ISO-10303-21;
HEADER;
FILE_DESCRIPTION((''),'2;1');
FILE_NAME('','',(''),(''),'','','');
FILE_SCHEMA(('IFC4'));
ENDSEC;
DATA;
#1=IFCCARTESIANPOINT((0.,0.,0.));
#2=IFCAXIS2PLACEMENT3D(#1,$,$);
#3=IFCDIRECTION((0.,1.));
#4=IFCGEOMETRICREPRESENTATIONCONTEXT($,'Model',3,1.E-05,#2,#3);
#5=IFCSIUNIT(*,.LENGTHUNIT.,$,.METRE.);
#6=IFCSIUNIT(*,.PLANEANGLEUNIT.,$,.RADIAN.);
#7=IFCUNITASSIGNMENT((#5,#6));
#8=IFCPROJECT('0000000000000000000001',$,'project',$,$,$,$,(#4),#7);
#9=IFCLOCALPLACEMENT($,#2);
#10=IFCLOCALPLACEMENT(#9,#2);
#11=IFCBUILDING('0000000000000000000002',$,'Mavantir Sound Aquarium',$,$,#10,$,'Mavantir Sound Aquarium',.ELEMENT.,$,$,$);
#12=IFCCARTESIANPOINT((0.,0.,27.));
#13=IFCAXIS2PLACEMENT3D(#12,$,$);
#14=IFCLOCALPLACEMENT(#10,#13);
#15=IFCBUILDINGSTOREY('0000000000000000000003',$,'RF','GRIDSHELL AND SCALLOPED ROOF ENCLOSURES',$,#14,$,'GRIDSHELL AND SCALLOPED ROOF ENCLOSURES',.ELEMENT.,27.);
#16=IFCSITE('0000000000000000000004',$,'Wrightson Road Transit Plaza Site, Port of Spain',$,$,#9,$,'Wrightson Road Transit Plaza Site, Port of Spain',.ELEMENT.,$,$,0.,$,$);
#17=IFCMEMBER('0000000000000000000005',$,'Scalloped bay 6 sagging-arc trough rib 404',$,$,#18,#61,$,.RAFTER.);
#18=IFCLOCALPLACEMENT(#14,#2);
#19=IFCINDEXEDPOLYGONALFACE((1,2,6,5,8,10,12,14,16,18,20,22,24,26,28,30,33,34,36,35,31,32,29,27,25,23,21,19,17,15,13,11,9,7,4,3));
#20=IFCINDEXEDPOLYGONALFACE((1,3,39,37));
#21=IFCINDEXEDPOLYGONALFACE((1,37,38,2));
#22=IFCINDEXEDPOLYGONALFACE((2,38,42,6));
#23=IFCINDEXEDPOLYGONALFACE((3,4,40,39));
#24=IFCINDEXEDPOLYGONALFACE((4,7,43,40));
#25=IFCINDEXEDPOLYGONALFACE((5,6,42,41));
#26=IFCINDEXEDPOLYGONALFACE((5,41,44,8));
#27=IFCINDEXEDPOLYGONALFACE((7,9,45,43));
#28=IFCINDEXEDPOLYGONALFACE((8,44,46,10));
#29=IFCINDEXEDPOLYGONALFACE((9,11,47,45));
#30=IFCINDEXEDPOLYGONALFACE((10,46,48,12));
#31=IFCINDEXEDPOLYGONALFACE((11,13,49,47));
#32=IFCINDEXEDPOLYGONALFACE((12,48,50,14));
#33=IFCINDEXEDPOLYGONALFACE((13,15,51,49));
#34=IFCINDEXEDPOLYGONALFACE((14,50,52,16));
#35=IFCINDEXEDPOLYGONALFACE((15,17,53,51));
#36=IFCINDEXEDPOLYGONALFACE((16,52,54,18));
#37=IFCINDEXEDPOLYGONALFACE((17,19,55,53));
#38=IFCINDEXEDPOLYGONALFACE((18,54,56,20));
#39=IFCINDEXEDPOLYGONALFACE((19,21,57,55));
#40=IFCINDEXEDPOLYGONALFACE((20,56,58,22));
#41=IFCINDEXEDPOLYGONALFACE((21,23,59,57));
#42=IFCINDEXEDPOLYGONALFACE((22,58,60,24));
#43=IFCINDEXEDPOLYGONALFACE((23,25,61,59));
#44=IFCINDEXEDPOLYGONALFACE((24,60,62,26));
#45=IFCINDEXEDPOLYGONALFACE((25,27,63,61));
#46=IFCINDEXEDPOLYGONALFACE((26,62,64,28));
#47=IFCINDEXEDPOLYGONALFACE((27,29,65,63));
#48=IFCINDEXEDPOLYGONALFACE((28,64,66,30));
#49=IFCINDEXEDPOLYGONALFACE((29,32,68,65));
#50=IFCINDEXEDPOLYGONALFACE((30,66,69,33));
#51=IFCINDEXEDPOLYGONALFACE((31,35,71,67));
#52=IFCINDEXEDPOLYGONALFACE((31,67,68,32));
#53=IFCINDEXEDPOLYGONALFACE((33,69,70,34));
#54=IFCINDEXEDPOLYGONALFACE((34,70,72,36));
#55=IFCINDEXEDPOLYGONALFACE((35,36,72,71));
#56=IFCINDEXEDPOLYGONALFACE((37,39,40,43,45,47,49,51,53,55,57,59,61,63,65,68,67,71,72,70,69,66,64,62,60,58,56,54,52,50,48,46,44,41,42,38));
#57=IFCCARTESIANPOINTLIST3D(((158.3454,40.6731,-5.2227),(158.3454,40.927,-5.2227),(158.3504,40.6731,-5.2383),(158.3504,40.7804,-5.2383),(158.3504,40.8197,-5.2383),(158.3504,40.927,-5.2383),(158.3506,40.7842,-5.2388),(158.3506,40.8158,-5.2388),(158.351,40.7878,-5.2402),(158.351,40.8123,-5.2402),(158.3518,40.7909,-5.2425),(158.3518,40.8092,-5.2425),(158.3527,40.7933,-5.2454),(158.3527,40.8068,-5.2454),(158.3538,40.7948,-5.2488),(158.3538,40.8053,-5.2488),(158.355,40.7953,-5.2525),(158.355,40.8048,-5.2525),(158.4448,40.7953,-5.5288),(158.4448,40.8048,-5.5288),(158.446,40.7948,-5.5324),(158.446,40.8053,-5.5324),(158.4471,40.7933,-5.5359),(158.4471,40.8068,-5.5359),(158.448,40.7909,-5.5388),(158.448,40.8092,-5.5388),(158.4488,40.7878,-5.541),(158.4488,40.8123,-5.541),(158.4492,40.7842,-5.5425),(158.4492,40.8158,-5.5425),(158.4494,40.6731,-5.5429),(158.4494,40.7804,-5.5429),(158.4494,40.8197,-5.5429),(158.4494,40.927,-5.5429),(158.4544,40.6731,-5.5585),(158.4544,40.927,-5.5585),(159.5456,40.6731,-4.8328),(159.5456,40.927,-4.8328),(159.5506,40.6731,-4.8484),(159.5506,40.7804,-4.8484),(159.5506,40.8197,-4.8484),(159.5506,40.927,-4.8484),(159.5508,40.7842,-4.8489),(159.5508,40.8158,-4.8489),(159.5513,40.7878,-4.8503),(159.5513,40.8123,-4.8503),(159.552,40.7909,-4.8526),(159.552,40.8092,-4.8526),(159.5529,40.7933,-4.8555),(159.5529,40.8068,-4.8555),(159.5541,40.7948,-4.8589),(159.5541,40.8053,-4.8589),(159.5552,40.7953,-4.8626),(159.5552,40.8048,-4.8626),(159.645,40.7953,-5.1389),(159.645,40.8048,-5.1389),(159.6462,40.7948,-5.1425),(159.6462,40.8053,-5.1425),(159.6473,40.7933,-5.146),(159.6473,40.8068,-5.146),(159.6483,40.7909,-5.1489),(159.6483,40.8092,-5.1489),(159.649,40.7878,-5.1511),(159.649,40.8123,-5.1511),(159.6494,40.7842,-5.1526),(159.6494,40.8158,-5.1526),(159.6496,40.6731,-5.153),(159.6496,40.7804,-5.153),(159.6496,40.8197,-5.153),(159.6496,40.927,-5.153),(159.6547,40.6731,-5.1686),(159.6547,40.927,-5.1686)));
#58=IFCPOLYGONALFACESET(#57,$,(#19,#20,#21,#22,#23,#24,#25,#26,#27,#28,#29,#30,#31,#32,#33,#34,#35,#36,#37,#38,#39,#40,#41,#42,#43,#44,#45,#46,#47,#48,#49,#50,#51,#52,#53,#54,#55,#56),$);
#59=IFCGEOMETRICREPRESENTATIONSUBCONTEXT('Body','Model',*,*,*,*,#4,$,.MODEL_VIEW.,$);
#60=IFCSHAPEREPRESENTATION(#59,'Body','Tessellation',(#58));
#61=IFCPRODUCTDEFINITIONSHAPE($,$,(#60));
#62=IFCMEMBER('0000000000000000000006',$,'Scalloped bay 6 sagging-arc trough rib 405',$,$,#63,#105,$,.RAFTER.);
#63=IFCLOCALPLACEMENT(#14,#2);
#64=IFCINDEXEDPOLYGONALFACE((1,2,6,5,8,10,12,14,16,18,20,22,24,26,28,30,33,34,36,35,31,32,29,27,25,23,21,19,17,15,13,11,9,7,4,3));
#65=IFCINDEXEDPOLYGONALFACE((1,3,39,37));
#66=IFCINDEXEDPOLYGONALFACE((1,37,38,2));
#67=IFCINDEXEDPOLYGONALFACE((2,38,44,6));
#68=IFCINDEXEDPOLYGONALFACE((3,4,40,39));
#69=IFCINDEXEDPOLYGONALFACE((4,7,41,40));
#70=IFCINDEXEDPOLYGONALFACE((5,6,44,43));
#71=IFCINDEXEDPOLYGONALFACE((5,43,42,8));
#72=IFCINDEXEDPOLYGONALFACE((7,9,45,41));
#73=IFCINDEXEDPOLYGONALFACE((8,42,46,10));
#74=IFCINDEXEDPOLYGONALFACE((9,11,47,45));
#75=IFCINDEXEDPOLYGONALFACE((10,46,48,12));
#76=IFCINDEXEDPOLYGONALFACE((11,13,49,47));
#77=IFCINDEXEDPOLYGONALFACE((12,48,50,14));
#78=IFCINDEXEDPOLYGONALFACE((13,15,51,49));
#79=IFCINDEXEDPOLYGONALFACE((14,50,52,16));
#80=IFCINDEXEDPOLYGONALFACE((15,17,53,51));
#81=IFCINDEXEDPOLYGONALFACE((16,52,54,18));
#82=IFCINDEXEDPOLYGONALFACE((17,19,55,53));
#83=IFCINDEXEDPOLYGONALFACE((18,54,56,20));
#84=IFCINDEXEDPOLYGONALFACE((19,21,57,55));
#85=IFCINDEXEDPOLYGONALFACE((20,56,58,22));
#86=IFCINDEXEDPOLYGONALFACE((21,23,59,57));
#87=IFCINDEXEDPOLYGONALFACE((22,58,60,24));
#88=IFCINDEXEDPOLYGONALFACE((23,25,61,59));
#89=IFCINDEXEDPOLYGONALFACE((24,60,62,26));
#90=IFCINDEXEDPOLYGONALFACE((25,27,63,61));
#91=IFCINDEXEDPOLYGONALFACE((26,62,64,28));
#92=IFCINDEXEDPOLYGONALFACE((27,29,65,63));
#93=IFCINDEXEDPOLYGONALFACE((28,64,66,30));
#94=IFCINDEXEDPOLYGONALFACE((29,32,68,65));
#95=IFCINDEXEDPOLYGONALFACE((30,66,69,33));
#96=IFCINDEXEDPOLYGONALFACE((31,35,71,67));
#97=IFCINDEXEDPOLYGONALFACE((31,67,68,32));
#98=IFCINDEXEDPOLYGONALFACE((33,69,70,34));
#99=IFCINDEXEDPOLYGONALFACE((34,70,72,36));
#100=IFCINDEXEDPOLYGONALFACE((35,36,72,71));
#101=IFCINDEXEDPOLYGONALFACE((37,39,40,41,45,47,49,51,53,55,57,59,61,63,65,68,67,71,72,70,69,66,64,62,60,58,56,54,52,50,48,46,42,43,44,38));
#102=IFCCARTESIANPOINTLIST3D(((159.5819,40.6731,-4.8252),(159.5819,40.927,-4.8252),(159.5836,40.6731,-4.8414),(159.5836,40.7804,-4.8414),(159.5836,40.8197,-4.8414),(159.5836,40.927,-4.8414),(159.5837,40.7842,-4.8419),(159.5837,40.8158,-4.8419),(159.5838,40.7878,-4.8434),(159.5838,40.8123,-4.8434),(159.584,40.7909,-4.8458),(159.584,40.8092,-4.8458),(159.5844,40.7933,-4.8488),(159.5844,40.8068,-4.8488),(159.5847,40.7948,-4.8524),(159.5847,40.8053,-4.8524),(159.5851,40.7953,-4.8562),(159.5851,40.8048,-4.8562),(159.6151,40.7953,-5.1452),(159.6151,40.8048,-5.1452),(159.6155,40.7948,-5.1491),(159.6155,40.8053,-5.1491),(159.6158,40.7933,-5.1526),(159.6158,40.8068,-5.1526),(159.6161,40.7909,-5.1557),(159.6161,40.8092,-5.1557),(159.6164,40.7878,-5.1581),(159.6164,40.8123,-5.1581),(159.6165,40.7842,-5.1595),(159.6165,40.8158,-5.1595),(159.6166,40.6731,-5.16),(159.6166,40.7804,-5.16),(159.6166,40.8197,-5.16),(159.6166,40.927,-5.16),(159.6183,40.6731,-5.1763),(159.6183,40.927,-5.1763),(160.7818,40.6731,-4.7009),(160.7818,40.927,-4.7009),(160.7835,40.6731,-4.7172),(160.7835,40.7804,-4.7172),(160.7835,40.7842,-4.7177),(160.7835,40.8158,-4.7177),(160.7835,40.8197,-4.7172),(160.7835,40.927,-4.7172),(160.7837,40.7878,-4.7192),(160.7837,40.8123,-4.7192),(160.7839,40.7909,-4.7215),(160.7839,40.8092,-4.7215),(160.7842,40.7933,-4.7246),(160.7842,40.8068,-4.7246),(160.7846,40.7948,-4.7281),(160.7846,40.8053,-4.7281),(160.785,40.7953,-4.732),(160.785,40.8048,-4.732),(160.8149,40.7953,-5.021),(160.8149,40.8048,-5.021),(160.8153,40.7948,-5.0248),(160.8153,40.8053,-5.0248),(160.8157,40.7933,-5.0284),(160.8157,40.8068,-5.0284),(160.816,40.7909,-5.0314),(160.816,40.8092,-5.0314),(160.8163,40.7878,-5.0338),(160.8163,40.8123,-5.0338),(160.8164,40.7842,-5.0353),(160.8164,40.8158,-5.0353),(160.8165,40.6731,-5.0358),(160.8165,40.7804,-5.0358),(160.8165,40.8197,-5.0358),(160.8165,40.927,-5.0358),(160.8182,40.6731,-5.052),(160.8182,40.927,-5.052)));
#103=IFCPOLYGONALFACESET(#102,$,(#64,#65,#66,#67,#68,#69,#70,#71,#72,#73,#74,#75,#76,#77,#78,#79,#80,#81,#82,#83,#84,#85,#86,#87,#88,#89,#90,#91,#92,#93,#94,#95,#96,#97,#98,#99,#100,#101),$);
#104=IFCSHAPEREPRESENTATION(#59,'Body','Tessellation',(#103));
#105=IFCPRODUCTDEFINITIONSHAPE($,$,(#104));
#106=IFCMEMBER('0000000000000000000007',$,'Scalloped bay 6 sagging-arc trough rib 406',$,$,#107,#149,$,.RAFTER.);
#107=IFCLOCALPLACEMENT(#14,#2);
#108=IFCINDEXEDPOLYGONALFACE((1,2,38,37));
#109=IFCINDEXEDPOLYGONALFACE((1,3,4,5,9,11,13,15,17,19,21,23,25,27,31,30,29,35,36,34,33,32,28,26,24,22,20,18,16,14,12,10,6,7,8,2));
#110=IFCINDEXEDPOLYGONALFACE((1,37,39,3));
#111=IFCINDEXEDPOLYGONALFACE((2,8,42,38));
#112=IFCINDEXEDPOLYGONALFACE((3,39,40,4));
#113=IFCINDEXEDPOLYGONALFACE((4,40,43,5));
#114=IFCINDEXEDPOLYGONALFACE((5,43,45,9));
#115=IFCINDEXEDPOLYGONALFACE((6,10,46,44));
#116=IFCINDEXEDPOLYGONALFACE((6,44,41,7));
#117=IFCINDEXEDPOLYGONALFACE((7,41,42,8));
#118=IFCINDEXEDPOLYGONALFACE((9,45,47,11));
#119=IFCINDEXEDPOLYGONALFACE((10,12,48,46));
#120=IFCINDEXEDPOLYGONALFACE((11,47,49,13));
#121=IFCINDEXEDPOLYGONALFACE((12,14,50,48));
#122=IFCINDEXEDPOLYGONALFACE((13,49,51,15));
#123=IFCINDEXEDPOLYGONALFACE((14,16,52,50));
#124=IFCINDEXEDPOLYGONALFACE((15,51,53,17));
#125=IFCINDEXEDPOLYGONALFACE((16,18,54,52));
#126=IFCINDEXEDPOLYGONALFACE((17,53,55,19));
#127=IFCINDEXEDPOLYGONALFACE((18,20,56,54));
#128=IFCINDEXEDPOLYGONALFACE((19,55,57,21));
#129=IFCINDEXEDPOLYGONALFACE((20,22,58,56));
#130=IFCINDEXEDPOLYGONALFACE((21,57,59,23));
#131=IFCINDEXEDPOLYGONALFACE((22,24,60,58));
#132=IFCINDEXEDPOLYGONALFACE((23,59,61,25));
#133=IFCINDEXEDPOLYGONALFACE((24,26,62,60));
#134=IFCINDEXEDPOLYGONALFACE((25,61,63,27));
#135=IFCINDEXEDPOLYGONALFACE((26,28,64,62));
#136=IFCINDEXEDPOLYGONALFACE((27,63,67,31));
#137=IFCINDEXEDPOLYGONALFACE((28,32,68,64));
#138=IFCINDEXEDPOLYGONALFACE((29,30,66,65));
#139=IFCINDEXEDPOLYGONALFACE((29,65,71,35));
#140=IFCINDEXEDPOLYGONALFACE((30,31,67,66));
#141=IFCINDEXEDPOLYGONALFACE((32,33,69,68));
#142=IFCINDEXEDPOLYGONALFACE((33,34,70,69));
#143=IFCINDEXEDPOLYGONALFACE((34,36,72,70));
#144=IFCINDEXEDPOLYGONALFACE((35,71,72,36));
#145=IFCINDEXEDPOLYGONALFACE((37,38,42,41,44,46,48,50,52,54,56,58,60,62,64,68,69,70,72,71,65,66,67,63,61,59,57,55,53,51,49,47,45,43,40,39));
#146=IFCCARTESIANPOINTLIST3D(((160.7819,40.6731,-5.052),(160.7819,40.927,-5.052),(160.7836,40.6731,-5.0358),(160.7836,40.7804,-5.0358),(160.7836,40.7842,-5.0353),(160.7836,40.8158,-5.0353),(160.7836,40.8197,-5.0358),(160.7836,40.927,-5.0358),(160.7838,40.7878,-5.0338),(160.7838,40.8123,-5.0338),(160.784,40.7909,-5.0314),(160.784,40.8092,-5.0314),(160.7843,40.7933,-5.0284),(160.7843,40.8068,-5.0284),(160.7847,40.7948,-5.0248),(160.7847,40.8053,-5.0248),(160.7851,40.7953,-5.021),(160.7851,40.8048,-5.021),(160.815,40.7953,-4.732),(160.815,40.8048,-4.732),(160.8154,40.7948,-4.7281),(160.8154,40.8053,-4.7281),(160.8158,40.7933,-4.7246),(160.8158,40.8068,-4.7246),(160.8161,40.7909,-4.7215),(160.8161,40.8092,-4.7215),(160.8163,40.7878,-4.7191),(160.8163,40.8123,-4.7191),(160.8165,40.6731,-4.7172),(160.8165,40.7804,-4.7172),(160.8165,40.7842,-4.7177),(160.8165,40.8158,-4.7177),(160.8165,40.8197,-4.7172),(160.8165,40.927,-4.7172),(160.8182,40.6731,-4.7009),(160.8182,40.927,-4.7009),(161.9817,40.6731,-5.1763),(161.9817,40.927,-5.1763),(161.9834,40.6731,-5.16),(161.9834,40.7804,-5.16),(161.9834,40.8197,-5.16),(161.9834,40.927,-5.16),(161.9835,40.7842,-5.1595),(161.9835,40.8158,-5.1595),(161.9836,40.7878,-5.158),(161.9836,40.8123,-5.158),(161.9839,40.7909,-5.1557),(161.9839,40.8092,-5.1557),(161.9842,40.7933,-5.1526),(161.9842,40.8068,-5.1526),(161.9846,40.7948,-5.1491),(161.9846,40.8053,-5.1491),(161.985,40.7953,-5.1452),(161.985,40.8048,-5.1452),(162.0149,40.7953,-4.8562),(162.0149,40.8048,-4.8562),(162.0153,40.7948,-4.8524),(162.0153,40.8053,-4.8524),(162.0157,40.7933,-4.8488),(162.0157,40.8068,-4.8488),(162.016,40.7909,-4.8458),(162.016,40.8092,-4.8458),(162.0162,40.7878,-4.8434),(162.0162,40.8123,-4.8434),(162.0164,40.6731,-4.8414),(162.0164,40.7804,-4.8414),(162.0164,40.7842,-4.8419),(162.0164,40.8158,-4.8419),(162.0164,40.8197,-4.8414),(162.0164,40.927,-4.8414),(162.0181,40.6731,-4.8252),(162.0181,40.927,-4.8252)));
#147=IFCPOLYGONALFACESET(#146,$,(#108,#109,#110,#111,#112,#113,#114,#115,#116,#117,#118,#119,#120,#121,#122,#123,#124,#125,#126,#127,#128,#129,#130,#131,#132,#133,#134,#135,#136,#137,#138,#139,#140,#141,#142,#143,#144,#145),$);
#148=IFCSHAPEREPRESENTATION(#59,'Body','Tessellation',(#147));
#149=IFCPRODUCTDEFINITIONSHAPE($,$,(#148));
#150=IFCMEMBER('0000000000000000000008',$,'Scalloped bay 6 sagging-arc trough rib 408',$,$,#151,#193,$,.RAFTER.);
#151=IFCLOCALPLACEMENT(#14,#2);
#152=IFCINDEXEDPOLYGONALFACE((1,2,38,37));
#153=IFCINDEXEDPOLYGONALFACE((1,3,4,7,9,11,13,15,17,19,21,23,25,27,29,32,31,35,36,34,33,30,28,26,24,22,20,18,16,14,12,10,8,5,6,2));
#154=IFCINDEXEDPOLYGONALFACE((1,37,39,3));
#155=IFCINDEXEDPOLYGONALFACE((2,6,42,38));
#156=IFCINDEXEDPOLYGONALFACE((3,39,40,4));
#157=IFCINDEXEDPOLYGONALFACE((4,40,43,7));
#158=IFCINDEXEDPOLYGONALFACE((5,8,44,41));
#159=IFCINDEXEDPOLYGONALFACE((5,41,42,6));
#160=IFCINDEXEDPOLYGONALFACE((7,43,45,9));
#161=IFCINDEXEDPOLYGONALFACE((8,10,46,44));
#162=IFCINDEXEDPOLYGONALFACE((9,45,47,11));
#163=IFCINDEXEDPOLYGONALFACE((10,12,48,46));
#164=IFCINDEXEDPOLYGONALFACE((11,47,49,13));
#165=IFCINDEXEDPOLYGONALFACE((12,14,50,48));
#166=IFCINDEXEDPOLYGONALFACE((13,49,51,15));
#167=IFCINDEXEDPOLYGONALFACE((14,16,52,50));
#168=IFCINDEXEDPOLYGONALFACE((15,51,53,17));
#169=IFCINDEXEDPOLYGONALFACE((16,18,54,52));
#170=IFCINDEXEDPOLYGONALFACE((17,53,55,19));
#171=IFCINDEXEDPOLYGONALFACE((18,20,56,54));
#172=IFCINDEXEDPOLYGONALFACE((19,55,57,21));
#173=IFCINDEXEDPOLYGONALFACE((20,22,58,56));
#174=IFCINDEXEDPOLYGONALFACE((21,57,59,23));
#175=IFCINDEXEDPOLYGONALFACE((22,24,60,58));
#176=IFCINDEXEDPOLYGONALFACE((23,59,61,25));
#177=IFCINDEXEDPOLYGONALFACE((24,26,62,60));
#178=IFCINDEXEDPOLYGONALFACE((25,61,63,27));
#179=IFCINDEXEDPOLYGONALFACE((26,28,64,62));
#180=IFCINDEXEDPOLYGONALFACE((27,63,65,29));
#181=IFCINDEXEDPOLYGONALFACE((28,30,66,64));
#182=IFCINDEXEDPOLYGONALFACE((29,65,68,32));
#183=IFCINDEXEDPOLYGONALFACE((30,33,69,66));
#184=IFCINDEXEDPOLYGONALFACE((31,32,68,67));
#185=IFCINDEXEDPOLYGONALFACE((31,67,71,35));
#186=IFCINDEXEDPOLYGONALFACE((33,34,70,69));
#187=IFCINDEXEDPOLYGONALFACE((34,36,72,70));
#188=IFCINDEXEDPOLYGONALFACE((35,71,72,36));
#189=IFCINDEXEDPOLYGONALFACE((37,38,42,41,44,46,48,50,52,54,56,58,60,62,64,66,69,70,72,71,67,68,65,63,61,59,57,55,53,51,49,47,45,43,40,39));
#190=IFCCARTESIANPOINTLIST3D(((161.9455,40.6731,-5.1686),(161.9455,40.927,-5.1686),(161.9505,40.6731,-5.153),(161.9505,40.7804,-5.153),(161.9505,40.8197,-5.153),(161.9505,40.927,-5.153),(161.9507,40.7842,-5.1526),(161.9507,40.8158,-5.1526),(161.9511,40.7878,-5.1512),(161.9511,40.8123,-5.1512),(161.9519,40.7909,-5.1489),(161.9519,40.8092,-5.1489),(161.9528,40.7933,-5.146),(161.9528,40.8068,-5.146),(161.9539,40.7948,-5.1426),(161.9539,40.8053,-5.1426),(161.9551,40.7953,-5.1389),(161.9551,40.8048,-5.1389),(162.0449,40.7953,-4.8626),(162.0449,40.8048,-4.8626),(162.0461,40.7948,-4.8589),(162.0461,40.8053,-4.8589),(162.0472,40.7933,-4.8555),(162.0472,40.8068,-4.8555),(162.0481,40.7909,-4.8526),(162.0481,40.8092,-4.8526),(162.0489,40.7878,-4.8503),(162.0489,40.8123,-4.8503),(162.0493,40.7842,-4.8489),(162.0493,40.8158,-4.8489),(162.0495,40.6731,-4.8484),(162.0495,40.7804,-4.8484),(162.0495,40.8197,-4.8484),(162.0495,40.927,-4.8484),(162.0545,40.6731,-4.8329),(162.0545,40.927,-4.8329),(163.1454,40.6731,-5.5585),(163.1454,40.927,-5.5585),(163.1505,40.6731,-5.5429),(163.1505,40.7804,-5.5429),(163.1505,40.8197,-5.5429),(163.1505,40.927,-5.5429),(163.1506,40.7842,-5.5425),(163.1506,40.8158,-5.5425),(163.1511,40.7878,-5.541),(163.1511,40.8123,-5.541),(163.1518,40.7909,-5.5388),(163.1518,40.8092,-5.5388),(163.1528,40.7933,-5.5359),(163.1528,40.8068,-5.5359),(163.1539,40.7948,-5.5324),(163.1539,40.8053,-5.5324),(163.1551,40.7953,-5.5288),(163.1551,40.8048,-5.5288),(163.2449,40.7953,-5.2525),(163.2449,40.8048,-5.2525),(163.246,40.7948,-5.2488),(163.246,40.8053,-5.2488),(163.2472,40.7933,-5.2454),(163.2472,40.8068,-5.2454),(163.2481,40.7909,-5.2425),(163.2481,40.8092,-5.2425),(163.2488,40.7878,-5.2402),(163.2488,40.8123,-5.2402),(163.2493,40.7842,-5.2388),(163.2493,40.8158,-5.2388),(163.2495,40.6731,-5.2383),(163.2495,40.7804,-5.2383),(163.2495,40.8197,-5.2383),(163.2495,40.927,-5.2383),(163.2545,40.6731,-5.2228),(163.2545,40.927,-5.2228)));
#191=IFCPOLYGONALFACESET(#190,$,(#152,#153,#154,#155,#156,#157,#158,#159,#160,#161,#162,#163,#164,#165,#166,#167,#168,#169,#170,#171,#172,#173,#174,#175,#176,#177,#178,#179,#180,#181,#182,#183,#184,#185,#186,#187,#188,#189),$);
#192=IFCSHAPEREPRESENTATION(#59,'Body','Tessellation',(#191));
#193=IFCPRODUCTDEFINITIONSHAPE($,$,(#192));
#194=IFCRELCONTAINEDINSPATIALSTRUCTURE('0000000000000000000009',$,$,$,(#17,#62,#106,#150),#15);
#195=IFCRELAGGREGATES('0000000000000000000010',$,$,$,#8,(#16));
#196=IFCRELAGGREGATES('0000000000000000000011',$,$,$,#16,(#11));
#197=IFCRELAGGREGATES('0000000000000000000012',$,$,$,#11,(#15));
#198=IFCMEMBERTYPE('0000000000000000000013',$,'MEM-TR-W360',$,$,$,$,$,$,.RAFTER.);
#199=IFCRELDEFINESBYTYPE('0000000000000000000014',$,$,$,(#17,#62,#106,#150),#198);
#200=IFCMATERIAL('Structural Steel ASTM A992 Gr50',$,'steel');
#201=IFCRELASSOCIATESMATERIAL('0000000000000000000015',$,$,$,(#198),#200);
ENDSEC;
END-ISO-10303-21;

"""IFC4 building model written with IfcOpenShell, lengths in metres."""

from ifc_helpers import new_model, si_unit, direction, frame, origin, origin_2d, place, context, subcontext, project, spatial, i_section, extrude, material, material_profile, profile_set, type_object, element, save


model = new_model("IFC4")

# Units and contexts
model_context = context("Model", 3, precision=1e-05, world=origin(), true_north=direction((0.0, 1.0)))
body_context = subcontext(model_context, "Body", "Model", "MODEL_VIEW")
ifc_project = project(units=[si_unit("LENGTHUNIT", "METRE"), si_unit("PLANEANGLEUNIT", "RADIAN")], contexts=[model_context])

# Site, building, storey
site_placement = place(None, origin())
site = spatial("IfcSite", under=ifc_project, at=site_placement, Name="Wrightson Road Transit Plaza Site, Port of Spain", LongName="Wrightson Road Transit Plaza Site, Port of Spain", CompositionType="ELEMENT", RefElevation=0.0)
building_placement = place(site_placement, origin())
building = spatial("IfcBuilding", under=site, at=building_placement, Name="Mavantir Sound Aquarium", LongName="Mavantir Sound Aquarium", CompositionType="ELEMENT")
storey_placement = place(building_placement, frame((0.0, 0.0, 27.0)))
storey = spatial("IfcBuildingStorey", under=building, at=storey_placement, Name="RF", Description="GRIDSHELL AND SCALLOPED ROOF ENCLOSURES", LongName="GRIDSHELL AND SCALLOPED ROOF ENCLOSURES", CompositionType="ELEMENT", Elevation=27.0)

# Shared definitions
ifc_material_1 = material(Name="Structural Steel ASTM A992 Gr50", Category="steel")

# Members
ifc_material_profile_1 = material_profile(ifc_material_1, i_section(OverallWidth=0.2539, OverallDepth=0.353, WebThickness=0.0095, FlangeThickness=0.0164, FilletRadius=0.0149, at=origin_2d()), Name="W360X91")
ifc_profile_set_1 = profile_set([ifc_material_profile_1], Name="Structural Steel ASTM A992 Gr50")
member_type_1 = type_object("IfcMemberType", Name="MEM-TR-W360", PredefinedType="RAFTER", material=ifc_profile_set_1)
member_1_placement = place(storey_placement, frame((158.3999, 40.8, -5.3906), z_axis=(0.951074, 0.0, 0.308964), x_axis=(0.0, 1.0, 0.0)))
element("IfcMember", 1, at=member_1_placement, inside=storey, type_object=member_type_1, Name="Scalloped bay 6 sagging-arc trough rib 404", PredefinedType="RAFTER", context=body_context, shape_type="SweptSolid", body=[
    extrude(i_section(OverallWidth=0.2539, OverallDepth=0.353, WebThickness=0.0095, FlangeThickness=0.0164, FilletRadius=0.0149, at=origin_2d()), origin(), (0.0, 0.0, 1.0), 1.262),
])
for number, where, z_axis, x_axis, name in (
    (2, (159.6001, 40.8, -5.0007), (0.99468, 0.0, 0.10301), (0.0, 1.0, 0.0), "Scalloped bay 6 sagging-arc trough rib 405"),
    (3, (160.8, 40.8, -4.8765), (0.99468, 0.0, -0.10301), (0.0, 1.0, 0.0), "Scalloped bay 6 sagging-arc trough rib 406"),
):
    element("IfcMember", number, at=place(storey_placement, frame(where, z_axis=z_axis, x_axis=x_axis)), inside=storey, type_object=member_type_1, Name=name, PredefinedType="RAFTER", context=body_context, shape_type="SweptSolid", body=[
        extrude(i_section(OverallWidth=0.2539, OverallDepth=0.353, WebThickness=0.0095, FlangeThickness=0.0164, FilletRadius=0.0149, at=origin_2d()), origin(), (0.0, 0.0, 1.0), 1.2063),
    ])
member_2_placement = place(storey_placement, frame((162.0, 40.8, -5.0007), z_axis=(0.951055, 0.0, -0.30902), x_axis=(0.0, 1.0, 0.0)))
element("IfcMember", 4, at=member_2_placement, inside=storey, type_object=member_type_1, Name="Scalloped bay 6 sagging-arc trough rib 408", PredefinedType="RAFTER", context=body_context, shape_type="SweptSolid", body=[
    extrude(i_section(OverallWidth=0.2539, OverallDepth=0.353, WebThickness=0.0095, FlangeThickness=0.0164, FilletRadius=0.0149, at=origin_2d()), origin(), (0.0, 0.0, 1.0), 1.2617),
])

save(model, "model.ifc")
